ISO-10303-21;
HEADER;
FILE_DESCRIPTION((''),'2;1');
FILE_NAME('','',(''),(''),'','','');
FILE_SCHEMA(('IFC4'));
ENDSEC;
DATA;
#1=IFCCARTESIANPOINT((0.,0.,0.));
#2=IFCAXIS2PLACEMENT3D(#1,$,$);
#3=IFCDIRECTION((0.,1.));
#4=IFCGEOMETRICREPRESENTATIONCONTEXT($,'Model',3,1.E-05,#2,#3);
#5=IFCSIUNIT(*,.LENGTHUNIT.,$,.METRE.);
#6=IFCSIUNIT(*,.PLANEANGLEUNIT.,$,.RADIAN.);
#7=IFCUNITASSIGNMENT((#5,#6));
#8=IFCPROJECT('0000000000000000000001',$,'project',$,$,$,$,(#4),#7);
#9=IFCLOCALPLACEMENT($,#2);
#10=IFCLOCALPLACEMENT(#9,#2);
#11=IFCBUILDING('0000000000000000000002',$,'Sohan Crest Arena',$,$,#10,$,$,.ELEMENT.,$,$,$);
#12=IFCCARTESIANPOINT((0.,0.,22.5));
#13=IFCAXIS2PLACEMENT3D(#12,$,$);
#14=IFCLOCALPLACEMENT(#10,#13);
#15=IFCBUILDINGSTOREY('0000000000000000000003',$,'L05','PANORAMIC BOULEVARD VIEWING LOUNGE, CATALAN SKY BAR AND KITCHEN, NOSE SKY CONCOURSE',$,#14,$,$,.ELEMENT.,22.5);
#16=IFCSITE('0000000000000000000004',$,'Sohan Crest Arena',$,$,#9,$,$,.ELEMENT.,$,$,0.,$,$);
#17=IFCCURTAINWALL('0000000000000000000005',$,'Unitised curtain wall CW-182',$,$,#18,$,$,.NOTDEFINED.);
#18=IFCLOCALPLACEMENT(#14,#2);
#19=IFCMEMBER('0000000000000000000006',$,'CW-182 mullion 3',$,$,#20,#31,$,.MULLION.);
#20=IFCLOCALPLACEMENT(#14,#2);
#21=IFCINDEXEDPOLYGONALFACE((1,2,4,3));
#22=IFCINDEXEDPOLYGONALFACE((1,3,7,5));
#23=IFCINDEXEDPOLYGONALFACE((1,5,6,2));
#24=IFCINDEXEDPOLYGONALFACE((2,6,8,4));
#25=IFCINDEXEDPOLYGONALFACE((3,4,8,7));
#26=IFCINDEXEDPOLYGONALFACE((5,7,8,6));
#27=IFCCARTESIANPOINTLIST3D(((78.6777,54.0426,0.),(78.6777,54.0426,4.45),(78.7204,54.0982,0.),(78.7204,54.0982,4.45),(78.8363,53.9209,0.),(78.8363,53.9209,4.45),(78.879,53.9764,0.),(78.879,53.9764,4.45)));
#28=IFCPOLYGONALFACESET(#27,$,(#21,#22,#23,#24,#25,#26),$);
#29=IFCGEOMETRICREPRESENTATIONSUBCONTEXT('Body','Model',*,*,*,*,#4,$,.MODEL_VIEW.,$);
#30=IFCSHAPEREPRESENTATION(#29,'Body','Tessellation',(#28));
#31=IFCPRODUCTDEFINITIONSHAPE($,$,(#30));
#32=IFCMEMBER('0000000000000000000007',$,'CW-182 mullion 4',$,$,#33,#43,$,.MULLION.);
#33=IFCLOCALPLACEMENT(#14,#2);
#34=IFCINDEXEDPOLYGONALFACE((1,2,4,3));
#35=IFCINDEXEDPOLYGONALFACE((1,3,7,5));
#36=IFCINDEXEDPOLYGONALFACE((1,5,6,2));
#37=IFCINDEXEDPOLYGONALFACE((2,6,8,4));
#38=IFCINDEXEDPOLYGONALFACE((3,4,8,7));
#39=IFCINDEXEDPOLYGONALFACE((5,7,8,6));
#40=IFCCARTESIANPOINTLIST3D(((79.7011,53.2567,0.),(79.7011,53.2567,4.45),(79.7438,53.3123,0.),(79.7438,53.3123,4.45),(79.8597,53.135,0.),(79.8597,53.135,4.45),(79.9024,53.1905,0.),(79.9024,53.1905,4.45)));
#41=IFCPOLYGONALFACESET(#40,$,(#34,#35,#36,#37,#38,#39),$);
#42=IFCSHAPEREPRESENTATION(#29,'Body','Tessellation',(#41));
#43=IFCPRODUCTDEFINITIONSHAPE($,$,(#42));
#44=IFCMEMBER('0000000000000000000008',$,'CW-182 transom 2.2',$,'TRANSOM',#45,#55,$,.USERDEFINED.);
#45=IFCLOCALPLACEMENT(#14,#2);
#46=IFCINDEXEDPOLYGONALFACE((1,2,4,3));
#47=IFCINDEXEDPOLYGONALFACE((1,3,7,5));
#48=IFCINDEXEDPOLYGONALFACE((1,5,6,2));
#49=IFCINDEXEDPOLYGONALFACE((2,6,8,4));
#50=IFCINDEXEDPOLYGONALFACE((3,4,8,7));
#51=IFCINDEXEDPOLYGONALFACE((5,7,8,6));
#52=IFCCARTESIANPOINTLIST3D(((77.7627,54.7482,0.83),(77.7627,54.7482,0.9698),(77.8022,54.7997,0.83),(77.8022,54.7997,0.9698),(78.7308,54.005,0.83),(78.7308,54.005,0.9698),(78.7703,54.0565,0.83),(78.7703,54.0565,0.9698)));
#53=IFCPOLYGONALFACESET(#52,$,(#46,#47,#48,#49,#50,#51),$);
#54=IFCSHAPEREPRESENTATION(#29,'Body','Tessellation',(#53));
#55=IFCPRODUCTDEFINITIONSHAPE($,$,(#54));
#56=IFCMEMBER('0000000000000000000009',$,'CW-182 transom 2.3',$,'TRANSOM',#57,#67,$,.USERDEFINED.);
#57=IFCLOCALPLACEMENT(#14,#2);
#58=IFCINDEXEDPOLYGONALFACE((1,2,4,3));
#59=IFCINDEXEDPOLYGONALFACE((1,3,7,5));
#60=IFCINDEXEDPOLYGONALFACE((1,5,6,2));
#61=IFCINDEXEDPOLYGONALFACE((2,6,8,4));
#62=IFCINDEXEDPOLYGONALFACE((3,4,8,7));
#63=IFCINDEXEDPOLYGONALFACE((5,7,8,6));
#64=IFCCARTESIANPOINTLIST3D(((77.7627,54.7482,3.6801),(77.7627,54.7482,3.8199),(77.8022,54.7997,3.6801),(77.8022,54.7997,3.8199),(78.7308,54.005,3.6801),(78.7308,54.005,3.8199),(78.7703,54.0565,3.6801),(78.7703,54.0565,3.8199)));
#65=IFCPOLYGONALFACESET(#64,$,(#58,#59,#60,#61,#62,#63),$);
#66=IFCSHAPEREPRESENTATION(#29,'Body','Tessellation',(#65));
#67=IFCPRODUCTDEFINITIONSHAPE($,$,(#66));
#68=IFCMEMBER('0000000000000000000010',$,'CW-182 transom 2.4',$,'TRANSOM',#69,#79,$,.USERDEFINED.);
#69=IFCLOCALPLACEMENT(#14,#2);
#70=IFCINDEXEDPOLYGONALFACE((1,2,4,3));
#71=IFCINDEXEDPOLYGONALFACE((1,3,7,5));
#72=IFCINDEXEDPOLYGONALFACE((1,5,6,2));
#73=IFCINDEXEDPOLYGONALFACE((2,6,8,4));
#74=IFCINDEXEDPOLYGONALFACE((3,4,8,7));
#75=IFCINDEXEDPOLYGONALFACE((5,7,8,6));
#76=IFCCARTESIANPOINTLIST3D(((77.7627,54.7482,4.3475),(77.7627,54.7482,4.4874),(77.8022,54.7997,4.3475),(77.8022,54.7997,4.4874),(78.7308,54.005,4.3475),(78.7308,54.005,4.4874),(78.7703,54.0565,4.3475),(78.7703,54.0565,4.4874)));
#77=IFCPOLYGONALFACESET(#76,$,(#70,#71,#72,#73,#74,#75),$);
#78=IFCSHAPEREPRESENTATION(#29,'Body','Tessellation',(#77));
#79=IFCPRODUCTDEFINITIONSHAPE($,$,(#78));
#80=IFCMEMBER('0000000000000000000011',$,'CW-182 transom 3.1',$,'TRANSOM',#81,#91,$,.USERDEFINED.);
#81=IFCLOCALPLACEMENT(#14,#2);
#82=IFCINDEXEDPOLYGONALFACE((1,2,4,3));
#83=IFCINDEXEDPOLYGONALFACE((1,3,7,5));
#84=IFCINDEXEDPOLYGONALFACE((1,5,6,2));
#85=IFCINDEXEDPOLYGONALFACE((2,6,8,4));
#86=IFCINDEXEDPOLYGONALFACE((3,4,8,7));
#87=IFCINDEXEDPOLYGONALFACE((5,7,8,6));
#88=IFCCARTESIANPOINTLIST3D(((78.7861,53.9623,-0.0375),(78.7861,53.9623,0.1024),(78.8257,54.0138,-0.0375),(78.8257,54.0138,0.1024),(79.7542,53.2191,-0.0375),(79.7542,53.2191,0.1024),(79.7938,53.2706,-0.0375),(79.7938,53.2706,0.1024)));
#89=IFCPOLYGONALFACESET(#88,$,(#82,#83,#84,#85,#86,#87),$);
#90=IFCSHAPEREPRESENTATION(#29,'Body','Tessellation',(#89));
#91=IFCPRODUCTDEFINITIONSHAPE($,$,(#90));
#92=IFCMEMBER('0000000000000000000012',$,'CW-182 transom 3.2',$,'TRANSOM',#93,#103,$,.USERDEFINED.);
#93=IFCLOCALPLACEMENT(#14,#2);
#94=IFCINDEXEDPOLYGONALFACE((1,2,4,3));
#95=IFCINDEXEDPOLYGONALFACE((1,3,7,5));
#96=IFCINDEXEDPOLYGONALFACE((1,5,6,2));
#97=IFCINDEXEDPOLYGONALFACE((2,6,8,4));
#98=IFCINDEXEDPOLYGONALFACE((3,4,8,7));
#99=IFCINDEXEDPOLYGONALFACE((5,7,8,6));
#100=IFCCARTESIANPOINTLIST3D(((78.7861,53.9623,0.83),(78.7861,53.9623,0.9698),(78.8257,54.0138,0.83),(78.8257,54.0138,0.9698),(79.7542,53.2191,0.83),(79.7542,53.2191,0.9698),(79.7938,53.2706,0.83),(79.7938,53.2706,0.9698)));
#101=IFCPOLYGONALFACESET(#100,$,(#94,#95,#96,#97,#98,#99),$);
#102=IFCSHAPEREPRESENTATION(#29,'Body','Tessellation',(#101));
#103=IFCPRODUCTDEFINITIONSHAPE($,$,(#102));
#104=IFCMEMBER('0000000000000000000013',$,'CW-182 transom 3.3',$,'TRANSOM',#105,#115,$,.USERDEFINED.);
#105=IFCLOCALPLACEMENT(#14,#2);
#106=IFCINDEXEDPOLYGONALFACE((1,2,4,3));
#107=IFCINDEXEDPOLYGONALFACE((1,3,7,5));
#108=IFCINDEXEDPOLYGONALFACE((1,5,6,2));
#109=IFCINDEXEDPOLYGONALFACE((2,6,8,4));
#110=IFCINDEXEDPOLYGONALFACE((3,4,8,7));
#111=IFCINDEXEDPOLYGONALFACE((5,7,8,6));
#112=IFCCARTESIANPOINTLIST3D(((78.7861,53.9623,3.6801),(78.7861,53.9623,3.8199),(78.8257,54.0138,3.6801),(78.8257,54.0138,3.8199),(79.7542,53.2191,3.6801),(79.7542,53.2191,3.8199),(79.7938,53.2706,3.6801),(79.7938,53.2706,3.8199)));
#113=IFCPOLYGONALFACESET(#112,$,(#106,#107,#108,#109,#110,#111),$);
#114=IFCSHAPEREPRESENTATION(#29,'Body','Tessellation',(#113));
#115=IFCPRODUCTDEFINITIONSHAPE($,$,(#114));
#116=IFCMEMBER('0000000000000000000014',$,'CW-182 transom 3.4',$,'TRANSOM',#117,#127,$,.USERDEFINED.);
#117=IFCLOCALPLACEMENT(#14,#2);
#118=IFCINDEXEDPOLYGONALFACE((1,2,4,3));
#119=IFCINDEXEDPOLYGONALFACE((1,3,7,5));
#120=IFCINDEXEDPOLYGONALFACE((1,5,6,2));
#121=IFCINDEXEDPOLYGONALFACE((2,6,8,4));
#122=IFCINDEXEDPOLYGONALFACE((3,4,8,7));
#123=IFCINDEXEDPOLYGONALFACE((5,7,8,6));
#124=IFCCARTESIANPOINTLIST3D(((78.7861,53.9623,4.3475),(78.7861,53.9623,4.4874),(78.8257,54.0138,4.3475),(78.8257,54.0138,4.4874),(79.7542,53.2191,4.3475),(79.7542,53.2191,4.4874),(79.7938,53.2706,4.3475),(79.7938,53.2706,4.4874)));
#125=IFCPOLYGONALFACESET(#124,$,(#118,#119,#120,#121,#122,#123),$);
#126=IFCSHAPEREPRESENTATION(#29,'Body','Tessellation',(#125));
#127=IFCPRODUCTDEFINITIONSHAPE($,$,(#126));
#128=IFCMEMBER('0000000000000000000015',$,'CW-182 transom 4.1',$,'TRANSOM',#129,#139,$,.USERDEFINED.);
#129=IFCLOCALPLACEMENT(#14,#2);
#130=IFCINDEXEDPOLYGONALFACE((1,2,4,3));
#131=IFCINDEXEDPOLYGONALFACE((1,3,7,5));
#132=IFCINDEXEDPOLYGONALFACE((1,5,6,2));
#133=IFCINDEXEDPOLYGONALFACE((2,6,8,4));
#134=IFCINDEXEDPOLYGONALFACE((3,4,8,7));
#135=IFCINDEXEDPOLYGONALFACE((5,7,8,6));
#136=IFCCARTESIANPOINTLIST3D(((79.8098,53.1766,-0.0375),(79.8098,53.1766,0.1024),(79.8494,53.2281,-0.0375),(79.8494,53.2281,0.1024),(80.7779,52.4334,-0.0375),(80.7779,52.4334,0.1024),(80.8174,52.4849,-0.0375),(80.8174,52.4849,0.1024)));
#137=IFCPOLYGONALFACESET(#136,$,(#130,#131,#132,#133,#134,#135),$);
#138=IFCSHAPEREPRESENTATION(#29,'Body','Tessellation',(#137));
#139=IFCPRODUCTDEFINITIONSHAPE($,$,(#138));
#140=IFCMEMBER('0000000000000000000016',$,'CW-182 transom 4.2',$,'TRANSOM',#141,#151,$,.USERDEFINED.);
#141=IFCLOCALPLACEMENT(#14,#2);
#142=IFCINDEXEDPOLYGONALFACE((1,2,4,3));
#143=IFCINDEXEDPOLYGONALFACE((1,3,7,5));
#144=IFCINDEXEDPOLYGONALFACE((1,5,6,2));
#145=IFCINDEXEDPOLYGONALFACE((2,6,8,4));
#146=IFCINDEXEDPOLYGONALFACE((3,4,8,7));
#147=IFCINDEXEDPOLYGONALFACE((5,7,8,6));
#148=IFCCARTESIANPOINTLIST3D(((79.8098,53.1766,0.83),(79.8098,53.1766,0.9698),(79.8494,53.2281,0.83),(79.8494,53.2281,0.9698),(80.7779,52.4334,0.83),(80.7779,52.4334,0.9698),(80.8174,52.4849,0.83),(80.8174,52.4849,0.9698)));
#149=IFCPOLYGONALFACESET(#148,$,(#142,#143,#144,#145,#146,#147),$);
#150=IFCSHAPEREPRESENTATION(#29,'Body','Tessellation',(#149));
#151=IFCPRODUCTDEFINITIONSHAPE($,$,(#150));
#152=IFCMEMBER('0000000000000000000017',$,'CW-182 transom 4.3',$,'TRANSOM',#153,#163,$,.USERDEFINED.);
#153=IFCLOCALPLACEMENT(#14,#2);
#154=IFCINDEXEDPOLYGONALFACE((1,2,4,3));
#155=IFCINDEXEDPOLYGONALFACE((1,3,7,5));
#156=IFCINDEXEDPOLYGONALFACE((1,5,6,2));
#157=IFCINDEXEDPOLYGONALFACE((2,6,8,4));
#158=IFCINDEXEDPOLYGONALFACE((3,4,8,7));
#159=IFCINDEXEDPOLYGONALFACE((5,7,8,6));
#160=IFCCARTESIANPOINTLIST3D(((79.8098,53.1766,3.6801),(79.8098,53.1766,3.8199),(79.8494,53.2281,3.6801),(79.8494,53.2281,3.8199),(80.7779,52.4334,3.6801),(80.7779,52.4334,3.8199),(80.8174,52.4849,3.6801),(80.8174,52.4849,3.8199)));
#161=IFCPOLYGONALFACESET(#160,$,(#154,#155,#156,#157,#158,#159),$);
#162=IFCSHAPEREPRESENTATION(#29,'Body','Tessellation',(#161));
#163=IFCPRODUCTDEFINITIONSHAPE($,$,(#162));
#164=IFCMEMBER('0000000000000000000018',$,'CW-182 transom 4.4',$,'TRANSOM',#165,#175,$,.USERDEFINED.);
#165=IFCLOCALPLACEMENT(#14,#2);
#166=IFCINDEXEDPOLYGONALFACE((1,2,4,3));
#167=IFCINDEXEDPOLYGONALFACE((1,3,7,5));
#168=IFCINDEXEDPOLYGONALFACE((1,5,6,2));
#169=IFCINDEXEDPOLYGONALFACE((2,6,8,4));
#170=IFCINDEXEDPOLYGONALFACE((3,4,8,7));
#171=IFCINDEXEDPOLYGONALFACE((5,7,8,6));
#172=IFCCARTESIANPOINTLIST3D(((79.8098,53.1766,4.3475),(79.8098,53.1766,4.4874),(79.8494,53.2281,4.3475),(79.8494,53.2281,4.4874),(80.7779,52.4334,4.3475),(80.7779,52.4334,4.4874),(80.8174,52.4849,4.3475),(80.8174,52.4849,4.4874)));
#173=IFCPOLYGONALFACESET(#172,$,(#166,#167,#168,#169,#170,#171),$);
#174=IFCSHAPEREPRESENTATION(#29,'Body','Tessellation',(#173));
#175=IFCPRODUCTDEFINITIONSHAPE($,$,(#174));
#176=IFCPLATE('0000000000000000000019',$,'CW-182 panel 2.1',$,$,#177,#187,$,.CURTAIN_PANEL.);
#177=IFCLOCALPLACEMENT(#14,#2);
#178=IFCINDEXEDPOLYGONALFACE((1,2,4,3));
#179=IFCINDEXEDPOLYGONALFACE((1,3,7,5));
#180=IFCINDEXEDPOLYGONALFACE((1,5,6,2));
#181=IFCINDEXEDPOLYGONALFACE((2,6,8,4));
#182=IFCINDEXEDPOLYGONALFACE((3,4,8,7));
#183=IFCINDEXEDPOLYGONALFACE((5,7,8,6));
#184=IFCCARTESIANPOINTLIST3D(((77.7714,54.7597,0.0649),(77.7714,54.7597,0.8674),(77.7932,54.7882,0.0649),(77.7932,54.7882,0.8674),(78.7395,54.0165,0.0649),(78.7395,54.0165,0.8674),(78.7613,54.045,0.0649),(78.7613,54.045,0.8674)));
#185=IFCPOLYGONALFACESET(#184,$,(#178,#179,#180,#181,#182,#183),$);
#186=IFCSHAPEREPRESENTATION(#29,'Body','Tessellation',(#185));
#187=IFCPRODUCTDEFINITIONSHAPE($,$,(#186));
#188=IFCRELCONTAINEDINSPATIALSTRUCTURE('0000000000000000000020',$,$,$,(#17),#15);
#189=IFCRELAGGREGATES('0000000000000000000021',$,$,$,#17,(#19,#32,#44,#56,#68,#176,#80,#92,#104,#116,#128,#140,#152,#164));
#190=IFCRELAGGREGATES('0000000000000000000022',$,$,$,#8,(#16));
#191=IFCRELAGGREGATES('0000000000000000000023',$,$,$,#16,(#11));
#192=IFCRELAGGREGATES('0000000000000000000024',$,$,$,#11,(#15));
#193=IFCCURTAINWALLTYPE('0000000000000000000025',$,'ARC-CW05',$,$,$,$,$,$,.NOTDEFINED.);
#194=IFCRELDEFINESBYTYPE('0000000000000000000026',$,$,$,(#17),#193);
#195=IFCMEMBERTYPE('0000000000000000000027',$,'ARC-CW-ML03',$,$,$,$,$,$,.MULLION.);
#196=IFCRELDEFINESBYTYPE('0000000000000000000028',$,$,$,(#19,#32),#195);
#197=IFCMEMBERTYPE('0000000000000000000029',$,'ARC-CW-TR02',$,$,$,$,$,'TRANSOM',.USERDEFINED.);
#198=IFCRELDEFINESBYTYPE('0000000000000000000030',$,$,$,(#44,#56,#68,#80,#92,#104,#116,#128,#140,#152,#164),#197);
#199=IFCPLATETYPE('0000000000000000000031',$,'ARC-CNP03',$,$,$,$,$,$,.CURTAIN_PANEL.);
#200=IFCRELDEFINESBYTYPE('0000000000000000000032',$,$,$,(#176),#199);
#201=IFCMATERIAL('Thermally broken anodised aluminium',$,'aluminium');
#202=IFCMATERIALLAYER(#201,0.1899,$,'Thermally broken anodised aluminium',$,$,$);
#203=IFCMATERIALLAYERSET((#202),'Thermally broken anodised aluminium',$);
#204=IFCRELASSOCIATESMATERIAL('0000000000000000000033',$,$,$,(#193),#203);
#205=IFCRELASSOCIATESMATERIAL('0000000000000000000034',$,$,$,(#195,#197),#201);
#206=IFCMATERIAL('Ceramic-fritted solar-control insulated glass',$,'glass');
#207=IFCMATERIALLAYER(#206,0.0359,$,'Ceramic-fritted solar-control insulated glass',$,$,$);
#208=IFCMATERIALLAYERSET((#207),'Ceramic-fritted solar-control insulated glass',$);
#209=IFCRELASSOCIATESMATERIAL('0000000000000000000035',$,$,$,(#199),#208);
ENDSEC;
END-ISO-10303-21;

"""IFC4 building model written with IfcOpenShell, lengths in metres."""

from ifc_helpers import new_model, si_unit, direction, frame, origin, origin_2d, place, context, subcontext, project, spatial, rectangle, extrude, material, layer, layer_set, material_profile, profile_set, type_object, element, aggregate, save


model = new_model("IFC4")

# Units and contexts
model_context = context("Model", 3, precision=1e-05, world=origin(), true_north=direction((0.0, 1.0)))
body_context = subcontext(model_context, "Body", "Model", "MODEL_VIEW")
ifc_project = project(units=[si_unit("LENGTHUNIT", "METRE"), si_unit("PLANEANGLEUNIT", "RADIAN")], contexts=[model_context])

# Site, building, storey
site_placement = place(None, origin())
site = spatial("IfcSite", under=ifc_project, at=site_placement, Name="Sohan Crest Arena", CompositionType="ELEMENT", RefElevation=0.0)
building_placement = place(site_placement, origin())
building = spatial("IfcBuilding", under=site, at=building_placement, Name="Sohan Crest Arena", CompositionType="ELEMENT")
storey_placement = place(building_placement, frame((0.0, 0.0, 22.5)))
storey = spatial("IfcBuildingStorey", under=building, at=storey_placement, Name="L05", Description="PANORAMIC BOULEVARD VIEWING LOUNGE, CATALAN SKY BAR AND KITCHEN, NOSE SKY CONCOURSE", CompositionType="ELEMENT", Elevation=22.5)

# Curtain wall, members, plate
ifc_material_1 = material(Name="Thermally broken anodised aluminium", Category="aluminium")
ifc_layer_1 = layer(ifc_material_1, 0.1899, Name="Thermally broken anodised aluminium")
ifc_layer_set_1 = layer_set([ifc_layer_1], Name="Thermally broken anodised aluminium")
curtain_wall_type = type_object("IfcCurtainWallType", Name="ARC-CW05", PredefinedType="NOTDEFINED", material=ifc_layer_set_1)
curtain_wall_placement = place(storey_placement, origin())
curtain_wall = element("IfcCurtainWall", 1, at=curtain_wall_placement, inside=storey, type_object=curtain_wall_type, Name="Unitised curtain wall CW-182", PredefinedType="NOTDEFINED")
ifc_material_profile_1 = material_profile(ifc_material_1, rectangle(XDim=0.0701, YDim=0.2, at=origin_2d()), Name="ALU-MULL 70x200")
ifc_profile_set_1 = profile_set([ifc_material_profile_1], Name="Thermally broken anodised aluminium")
member_type_1 = type_object("IfcMemberType", Name="ARC-CW-ML03", PredefinedType="MULLION", material=ifc_profile_set_1)
member_1_placement = place(storey_placement, frame((78.7783, 54.0095, 0.0), z_axis=(0.0, 0.0, 1.0), x_axis=(0.608939, 0.793217, 0.0)))
member_1 = element("IfcMember", 2, at=member_1_placement, type_object=member_type_1, Name="CW-182 mullion 3", PredefinedType="MULLION", context=body_context, shape_type="SweptSolid", body=[
    extrude(rectangle(XDim=0.0701, YDim=0.2, at=origin_2d()), origin(), (0.0, 0.0, 1.0), 4.45),
])
member_2_placement = place(storey_placement, frame((79.8018, 53.2236, 0.0), z_axis=(0.0, 0.0, 1.0), x_axis=(0.608939, 0.793217, 0.0)))
member_2 = element("IfcMember", 3, at=member_2_placement, type_object=member_type_1, Name="CW-182 mullion 4", PredefinedType="MULLION", context=body_context, shape_type="SweptSolid", body=[
    extrude(rectangle(XDim=0.0701, YDim=0.2, at=origin_2d()), origin(), (0.0, 0.0, 1.0), 4.45),
])
ifc_material_profile_2 = material_profile(ifc_material_1, rectangle(XDim=0.0649, YDim=0.1399, at=origin_2d()), Name="ALU-TRAN 65x140")
ifc_profile_set_2 = profile_set([ifc_material_profile_2], Name="Thermally broken anodised aluminium")
member_type_2 = type_object("IfcMemberType", Name="ARC-CW-TR02", ElementType="TRANSOM", PredefinedType="USERDEFINED", material=ifc_profile_set_2)
member_3_placement = place(storey_placement, frame((77.7825, 54.7739, 0.8999), z_axis=(0.793204, -0.608956, 0.0), x_axis=(0.608956, 0.793204, 0.0)))
member_3 = element("IfcMember", 4, at=member_3_placement, type_object=member_type_2, Name="CW-182 transom 2.2", ObjectType="TRANSOM", PredefinedType="USERDEFINED", context=body_context, shape_type="SweptSolid", body=[
    extrude(rectangle(XDim=0.0649, YDim=0.1399, at=origin_2d()), origin(), (0.0, 0.0, 1.0), 1.2205),
])
member_4_placement = place(storey_placement, frame((77.7825, 54.7739, 3.75), z_axis=(0.793204, -0.608956, 0.0), x_axis=(0.608956, 0.793204, 0.0)))
member_4 = element("IfcMember", 5, at=member_4_placement, type_object=member_type_2, Name="CW-182 transom 2.3", ObjectType="TRANSOM", PredefinedType="USERDEFINED", context=body_context, shape_type="SweptSolid", body=[
    extrude(rectangle(XDim=0.0649, YDim=0.1399, at=origin_2d()), origin(), (0.0, 0.0, 1.0), 1.2205),
])
member_5_placement = place(storey_placement, frame((77.7825, 54.7739, 4.4175), z_axis=(0.793204, -0.608956, 0.0), x_axis=(0.608956, 0.793204, 0.0)))
member_5 = element("IfcMember", 6, at=member_5_placement, type_object=member_type_2, Name="CW-182 transom 2.4", ObjectType="TRANSOM", PredefinedType="USERDEFINED", context=body_context, shape_type="SweptSolid", body=[
    extrude(rectangle(XDim=0.0649, YDim=0.1399, at=origin_2d()), origin(), (0.0, 0.0, 1.0), 1.2205),
])
member_6_placement = place(storey_placement, frame((78.8059, 53.988, 0.0325), z_axis=(0.793204, -0.608956, 0.0), x_axis=(0.608956, 0.793204, 0.0)))
member_6 = element("IfcMember", 7, at=member_6_placement, type_object=member_type_2, Name="CW-182 transom 3.1", ObjectType="TRANSOM", PredefinedType="USERDEFINED", context=body_context, shape_type="SweptSolid", body=[
    extrude(rectangle(XDim=0.0649, YDim=0.1399, at=origin_2d()), origin(), (0.0, 0.0, 1.0), 1.2205),
])
member_7_placement = place(storey_placement, frame((78.8059, 53.988, 0.8999), z_axis=(0.793204, -0.608956, 0.0), x_axis=(0.608956, 0.793204, 0.0)))
member_7 = element("IfcMember", 8, at=member_7_placement, type_object=member_type_2, Name="CW-182 transom 3.2", ObjectType="TRANSOM", PredefinedType="USERDEFINED", context=body_context, shape_type="SweptSolid", body=[
    extrude(rectangle(XDim=0.0649, YDim=0.1399, at=origin_2d()), origin(), (0.0, 0.0, 1.0), 1.2205),
])
member_8_placement = place(storey_placement, frame((78.8059, 53.988, 3.75), z_axis=(0.793204, -0.608956, 0.0), x_axis=(0.608956, 0.793204, 0.0)))
member_8 = element("IfcMember", 9, at=member_8_placement, type_object=member_type_2, Name="CW-182 transom 3.3", ObjectType="TRANSOM", PredefinedType="USERDEFINED", context=body_context, shape_type="SweptSolid", body=[
    extrude(rectangle(XDim=0.0649, YDim=0.1399, at=origin_2d()), origin(), (0.0, 0.0, 1.0), 1.2205),
])
member_9_placement = place(storey_placement, frame((78.8059, 53.988, 4.4175), z_axis=(0.793204, -0.608956, 0.0), x_axis=(0.608956, 0.793204, 0.0)))
member_9 = element("IfcMember", 10, at=member_9_placement, type_object=member_type_2, Name="CW-182 transom 3.4", ObjectType="TRANSOM", PredefinedType="USERDEFINED", context=body_context, shape_type="SweptSolid", body=[
    extrude(rectangle(XDim=0.0649, YDim=0.1399, at=origin_2d()), origin(), (0.0, 0.0, 1.0), 1.2205),
])
member_10_placement = place(storey_placement, frame((79.8296, 53.2024, 0.0325), z_axis=(0.793204, -0.608956, 0.0), x_axis=(0.608956, 0.793204, 0.0)))
member_10 = element("IfcMember", 11, at=member_10_placement, type_object=member_type_2, Name="CW-182 transom 4.1", ObjectType="TRANSOM", PredefinedType="USERDEFINED", context=body_context, shape_type="SweptSolid", body=[
    extrude(rectangle(XDim=0.0649, YDim=0.1399, at=origin_2d()), origin(), (0.0, 0.0, 1.0), 1.2205),
])
member_11_placement = place(storey_placement, frame((79.8296, 53.2024, 0.8999), z_axis=(0.793204, -0.608956, 0.0), x_axis=(0.608956, 0.793204, 0.0)))
member_11 = element("IfcMember", 12, at=member_11_placement, type_object=member_type_2, Name="CW-182 transom 4.2", ObjectType="TRANSOM", PredefinedType="USERDEFINED", context=body_context, shape_type="SweptSolid", body=[
    extrude(rectangle(XDim=0.0649, YDim=0.1399, at=origin_2d()), origin(), (0.0, 0.0, 1.0), 1.2205),
])
member_12_placement = place(storey_placement, frame((79.8296, 53.2024, 3.75), z_axis=(0.793204, -0.608956, 0.0), x_axis=(0.608956, 0.793204, 0.0)))
member_12 = element("IfcMember", 13, at=member_12_placement, type_object=member_type_2, Name="CW-182 transom 4.3", ObjectType="TRANSOM", PredefinedType="USERDEFINED", context=body_context, shape_type="SweptSolid", body=[
    extrude(rectangle(XDim=0.0649, YDim=0.1399, at=origin_2d()), origin(), (0.0, 0.0, 1.0), 1.2205),
])
member_13_placement = place(storey_placement, frame((79.8296, 53.2024, 4.4175), z_axis=(0.793204, -0.608956, 0.0), x_axis=(0.608956, 0.793204, 0.0)))
member_13 = element("IfcMember", 14, at=member_13_placement, type_object=member_type_2, Name="CW-182 transom 4.4", ObjectType="TRANSOM", PredefinedType="USERDEFINED", context=body_context, shape_type="SweptSolid", body=[
    extrude(rectangle(XDim=0.0649, YDim=0.1399, at=origin_2d()), origin(), (0.0, 0.0, 1.0), 1.2205),
])
ifc_material_2 = material(Name="Ceramic-fritted solar-control insulated glass", Category="glass")
ifc_layer_2 = layer(ifc_material_2, 0.0359, Name="Ceramic-fritted solar-control insulated glass")
ifc_layer_set_2 = layer_set([ifc_layer_2], Name="Ceramic-fritted solar-control insulated glass")
plate_type = type_object("IfcPlateType", Name="ARC-CNP03", PredefinedType="CURTAIN_PANEL", material=ifc_layer_set_2)
plate_1_placement = place(storey_placement, frame((78.2664, 54.4023, 0.0649), z_axis=(0.0, 0.0, 1.0), x_axis=(0.793217, -0.608939, 0.0)))
plate_1 = element("IfcPlate", 15, at=plate_1_placement, type_object=plate_type, Name="CW-182 panel 2.1", PredefinedType="CURTAIN_PANEL", context=body_context, shape_type="SweptSolid", body=[
    extrude(rectangle(XDim=1.2205, YDim=0.0359, at=origin_2d()), origin(), (0.0, 0.0, 1.0), 0.8025),
])
aggregate(curtain_wall, [member_1, member_2, member_3, member_4, member_5, plate_1, member_6, member_7, member_8, member_9, member_10, member_11, member_12, member_13])

save(model, "model.ifc")
